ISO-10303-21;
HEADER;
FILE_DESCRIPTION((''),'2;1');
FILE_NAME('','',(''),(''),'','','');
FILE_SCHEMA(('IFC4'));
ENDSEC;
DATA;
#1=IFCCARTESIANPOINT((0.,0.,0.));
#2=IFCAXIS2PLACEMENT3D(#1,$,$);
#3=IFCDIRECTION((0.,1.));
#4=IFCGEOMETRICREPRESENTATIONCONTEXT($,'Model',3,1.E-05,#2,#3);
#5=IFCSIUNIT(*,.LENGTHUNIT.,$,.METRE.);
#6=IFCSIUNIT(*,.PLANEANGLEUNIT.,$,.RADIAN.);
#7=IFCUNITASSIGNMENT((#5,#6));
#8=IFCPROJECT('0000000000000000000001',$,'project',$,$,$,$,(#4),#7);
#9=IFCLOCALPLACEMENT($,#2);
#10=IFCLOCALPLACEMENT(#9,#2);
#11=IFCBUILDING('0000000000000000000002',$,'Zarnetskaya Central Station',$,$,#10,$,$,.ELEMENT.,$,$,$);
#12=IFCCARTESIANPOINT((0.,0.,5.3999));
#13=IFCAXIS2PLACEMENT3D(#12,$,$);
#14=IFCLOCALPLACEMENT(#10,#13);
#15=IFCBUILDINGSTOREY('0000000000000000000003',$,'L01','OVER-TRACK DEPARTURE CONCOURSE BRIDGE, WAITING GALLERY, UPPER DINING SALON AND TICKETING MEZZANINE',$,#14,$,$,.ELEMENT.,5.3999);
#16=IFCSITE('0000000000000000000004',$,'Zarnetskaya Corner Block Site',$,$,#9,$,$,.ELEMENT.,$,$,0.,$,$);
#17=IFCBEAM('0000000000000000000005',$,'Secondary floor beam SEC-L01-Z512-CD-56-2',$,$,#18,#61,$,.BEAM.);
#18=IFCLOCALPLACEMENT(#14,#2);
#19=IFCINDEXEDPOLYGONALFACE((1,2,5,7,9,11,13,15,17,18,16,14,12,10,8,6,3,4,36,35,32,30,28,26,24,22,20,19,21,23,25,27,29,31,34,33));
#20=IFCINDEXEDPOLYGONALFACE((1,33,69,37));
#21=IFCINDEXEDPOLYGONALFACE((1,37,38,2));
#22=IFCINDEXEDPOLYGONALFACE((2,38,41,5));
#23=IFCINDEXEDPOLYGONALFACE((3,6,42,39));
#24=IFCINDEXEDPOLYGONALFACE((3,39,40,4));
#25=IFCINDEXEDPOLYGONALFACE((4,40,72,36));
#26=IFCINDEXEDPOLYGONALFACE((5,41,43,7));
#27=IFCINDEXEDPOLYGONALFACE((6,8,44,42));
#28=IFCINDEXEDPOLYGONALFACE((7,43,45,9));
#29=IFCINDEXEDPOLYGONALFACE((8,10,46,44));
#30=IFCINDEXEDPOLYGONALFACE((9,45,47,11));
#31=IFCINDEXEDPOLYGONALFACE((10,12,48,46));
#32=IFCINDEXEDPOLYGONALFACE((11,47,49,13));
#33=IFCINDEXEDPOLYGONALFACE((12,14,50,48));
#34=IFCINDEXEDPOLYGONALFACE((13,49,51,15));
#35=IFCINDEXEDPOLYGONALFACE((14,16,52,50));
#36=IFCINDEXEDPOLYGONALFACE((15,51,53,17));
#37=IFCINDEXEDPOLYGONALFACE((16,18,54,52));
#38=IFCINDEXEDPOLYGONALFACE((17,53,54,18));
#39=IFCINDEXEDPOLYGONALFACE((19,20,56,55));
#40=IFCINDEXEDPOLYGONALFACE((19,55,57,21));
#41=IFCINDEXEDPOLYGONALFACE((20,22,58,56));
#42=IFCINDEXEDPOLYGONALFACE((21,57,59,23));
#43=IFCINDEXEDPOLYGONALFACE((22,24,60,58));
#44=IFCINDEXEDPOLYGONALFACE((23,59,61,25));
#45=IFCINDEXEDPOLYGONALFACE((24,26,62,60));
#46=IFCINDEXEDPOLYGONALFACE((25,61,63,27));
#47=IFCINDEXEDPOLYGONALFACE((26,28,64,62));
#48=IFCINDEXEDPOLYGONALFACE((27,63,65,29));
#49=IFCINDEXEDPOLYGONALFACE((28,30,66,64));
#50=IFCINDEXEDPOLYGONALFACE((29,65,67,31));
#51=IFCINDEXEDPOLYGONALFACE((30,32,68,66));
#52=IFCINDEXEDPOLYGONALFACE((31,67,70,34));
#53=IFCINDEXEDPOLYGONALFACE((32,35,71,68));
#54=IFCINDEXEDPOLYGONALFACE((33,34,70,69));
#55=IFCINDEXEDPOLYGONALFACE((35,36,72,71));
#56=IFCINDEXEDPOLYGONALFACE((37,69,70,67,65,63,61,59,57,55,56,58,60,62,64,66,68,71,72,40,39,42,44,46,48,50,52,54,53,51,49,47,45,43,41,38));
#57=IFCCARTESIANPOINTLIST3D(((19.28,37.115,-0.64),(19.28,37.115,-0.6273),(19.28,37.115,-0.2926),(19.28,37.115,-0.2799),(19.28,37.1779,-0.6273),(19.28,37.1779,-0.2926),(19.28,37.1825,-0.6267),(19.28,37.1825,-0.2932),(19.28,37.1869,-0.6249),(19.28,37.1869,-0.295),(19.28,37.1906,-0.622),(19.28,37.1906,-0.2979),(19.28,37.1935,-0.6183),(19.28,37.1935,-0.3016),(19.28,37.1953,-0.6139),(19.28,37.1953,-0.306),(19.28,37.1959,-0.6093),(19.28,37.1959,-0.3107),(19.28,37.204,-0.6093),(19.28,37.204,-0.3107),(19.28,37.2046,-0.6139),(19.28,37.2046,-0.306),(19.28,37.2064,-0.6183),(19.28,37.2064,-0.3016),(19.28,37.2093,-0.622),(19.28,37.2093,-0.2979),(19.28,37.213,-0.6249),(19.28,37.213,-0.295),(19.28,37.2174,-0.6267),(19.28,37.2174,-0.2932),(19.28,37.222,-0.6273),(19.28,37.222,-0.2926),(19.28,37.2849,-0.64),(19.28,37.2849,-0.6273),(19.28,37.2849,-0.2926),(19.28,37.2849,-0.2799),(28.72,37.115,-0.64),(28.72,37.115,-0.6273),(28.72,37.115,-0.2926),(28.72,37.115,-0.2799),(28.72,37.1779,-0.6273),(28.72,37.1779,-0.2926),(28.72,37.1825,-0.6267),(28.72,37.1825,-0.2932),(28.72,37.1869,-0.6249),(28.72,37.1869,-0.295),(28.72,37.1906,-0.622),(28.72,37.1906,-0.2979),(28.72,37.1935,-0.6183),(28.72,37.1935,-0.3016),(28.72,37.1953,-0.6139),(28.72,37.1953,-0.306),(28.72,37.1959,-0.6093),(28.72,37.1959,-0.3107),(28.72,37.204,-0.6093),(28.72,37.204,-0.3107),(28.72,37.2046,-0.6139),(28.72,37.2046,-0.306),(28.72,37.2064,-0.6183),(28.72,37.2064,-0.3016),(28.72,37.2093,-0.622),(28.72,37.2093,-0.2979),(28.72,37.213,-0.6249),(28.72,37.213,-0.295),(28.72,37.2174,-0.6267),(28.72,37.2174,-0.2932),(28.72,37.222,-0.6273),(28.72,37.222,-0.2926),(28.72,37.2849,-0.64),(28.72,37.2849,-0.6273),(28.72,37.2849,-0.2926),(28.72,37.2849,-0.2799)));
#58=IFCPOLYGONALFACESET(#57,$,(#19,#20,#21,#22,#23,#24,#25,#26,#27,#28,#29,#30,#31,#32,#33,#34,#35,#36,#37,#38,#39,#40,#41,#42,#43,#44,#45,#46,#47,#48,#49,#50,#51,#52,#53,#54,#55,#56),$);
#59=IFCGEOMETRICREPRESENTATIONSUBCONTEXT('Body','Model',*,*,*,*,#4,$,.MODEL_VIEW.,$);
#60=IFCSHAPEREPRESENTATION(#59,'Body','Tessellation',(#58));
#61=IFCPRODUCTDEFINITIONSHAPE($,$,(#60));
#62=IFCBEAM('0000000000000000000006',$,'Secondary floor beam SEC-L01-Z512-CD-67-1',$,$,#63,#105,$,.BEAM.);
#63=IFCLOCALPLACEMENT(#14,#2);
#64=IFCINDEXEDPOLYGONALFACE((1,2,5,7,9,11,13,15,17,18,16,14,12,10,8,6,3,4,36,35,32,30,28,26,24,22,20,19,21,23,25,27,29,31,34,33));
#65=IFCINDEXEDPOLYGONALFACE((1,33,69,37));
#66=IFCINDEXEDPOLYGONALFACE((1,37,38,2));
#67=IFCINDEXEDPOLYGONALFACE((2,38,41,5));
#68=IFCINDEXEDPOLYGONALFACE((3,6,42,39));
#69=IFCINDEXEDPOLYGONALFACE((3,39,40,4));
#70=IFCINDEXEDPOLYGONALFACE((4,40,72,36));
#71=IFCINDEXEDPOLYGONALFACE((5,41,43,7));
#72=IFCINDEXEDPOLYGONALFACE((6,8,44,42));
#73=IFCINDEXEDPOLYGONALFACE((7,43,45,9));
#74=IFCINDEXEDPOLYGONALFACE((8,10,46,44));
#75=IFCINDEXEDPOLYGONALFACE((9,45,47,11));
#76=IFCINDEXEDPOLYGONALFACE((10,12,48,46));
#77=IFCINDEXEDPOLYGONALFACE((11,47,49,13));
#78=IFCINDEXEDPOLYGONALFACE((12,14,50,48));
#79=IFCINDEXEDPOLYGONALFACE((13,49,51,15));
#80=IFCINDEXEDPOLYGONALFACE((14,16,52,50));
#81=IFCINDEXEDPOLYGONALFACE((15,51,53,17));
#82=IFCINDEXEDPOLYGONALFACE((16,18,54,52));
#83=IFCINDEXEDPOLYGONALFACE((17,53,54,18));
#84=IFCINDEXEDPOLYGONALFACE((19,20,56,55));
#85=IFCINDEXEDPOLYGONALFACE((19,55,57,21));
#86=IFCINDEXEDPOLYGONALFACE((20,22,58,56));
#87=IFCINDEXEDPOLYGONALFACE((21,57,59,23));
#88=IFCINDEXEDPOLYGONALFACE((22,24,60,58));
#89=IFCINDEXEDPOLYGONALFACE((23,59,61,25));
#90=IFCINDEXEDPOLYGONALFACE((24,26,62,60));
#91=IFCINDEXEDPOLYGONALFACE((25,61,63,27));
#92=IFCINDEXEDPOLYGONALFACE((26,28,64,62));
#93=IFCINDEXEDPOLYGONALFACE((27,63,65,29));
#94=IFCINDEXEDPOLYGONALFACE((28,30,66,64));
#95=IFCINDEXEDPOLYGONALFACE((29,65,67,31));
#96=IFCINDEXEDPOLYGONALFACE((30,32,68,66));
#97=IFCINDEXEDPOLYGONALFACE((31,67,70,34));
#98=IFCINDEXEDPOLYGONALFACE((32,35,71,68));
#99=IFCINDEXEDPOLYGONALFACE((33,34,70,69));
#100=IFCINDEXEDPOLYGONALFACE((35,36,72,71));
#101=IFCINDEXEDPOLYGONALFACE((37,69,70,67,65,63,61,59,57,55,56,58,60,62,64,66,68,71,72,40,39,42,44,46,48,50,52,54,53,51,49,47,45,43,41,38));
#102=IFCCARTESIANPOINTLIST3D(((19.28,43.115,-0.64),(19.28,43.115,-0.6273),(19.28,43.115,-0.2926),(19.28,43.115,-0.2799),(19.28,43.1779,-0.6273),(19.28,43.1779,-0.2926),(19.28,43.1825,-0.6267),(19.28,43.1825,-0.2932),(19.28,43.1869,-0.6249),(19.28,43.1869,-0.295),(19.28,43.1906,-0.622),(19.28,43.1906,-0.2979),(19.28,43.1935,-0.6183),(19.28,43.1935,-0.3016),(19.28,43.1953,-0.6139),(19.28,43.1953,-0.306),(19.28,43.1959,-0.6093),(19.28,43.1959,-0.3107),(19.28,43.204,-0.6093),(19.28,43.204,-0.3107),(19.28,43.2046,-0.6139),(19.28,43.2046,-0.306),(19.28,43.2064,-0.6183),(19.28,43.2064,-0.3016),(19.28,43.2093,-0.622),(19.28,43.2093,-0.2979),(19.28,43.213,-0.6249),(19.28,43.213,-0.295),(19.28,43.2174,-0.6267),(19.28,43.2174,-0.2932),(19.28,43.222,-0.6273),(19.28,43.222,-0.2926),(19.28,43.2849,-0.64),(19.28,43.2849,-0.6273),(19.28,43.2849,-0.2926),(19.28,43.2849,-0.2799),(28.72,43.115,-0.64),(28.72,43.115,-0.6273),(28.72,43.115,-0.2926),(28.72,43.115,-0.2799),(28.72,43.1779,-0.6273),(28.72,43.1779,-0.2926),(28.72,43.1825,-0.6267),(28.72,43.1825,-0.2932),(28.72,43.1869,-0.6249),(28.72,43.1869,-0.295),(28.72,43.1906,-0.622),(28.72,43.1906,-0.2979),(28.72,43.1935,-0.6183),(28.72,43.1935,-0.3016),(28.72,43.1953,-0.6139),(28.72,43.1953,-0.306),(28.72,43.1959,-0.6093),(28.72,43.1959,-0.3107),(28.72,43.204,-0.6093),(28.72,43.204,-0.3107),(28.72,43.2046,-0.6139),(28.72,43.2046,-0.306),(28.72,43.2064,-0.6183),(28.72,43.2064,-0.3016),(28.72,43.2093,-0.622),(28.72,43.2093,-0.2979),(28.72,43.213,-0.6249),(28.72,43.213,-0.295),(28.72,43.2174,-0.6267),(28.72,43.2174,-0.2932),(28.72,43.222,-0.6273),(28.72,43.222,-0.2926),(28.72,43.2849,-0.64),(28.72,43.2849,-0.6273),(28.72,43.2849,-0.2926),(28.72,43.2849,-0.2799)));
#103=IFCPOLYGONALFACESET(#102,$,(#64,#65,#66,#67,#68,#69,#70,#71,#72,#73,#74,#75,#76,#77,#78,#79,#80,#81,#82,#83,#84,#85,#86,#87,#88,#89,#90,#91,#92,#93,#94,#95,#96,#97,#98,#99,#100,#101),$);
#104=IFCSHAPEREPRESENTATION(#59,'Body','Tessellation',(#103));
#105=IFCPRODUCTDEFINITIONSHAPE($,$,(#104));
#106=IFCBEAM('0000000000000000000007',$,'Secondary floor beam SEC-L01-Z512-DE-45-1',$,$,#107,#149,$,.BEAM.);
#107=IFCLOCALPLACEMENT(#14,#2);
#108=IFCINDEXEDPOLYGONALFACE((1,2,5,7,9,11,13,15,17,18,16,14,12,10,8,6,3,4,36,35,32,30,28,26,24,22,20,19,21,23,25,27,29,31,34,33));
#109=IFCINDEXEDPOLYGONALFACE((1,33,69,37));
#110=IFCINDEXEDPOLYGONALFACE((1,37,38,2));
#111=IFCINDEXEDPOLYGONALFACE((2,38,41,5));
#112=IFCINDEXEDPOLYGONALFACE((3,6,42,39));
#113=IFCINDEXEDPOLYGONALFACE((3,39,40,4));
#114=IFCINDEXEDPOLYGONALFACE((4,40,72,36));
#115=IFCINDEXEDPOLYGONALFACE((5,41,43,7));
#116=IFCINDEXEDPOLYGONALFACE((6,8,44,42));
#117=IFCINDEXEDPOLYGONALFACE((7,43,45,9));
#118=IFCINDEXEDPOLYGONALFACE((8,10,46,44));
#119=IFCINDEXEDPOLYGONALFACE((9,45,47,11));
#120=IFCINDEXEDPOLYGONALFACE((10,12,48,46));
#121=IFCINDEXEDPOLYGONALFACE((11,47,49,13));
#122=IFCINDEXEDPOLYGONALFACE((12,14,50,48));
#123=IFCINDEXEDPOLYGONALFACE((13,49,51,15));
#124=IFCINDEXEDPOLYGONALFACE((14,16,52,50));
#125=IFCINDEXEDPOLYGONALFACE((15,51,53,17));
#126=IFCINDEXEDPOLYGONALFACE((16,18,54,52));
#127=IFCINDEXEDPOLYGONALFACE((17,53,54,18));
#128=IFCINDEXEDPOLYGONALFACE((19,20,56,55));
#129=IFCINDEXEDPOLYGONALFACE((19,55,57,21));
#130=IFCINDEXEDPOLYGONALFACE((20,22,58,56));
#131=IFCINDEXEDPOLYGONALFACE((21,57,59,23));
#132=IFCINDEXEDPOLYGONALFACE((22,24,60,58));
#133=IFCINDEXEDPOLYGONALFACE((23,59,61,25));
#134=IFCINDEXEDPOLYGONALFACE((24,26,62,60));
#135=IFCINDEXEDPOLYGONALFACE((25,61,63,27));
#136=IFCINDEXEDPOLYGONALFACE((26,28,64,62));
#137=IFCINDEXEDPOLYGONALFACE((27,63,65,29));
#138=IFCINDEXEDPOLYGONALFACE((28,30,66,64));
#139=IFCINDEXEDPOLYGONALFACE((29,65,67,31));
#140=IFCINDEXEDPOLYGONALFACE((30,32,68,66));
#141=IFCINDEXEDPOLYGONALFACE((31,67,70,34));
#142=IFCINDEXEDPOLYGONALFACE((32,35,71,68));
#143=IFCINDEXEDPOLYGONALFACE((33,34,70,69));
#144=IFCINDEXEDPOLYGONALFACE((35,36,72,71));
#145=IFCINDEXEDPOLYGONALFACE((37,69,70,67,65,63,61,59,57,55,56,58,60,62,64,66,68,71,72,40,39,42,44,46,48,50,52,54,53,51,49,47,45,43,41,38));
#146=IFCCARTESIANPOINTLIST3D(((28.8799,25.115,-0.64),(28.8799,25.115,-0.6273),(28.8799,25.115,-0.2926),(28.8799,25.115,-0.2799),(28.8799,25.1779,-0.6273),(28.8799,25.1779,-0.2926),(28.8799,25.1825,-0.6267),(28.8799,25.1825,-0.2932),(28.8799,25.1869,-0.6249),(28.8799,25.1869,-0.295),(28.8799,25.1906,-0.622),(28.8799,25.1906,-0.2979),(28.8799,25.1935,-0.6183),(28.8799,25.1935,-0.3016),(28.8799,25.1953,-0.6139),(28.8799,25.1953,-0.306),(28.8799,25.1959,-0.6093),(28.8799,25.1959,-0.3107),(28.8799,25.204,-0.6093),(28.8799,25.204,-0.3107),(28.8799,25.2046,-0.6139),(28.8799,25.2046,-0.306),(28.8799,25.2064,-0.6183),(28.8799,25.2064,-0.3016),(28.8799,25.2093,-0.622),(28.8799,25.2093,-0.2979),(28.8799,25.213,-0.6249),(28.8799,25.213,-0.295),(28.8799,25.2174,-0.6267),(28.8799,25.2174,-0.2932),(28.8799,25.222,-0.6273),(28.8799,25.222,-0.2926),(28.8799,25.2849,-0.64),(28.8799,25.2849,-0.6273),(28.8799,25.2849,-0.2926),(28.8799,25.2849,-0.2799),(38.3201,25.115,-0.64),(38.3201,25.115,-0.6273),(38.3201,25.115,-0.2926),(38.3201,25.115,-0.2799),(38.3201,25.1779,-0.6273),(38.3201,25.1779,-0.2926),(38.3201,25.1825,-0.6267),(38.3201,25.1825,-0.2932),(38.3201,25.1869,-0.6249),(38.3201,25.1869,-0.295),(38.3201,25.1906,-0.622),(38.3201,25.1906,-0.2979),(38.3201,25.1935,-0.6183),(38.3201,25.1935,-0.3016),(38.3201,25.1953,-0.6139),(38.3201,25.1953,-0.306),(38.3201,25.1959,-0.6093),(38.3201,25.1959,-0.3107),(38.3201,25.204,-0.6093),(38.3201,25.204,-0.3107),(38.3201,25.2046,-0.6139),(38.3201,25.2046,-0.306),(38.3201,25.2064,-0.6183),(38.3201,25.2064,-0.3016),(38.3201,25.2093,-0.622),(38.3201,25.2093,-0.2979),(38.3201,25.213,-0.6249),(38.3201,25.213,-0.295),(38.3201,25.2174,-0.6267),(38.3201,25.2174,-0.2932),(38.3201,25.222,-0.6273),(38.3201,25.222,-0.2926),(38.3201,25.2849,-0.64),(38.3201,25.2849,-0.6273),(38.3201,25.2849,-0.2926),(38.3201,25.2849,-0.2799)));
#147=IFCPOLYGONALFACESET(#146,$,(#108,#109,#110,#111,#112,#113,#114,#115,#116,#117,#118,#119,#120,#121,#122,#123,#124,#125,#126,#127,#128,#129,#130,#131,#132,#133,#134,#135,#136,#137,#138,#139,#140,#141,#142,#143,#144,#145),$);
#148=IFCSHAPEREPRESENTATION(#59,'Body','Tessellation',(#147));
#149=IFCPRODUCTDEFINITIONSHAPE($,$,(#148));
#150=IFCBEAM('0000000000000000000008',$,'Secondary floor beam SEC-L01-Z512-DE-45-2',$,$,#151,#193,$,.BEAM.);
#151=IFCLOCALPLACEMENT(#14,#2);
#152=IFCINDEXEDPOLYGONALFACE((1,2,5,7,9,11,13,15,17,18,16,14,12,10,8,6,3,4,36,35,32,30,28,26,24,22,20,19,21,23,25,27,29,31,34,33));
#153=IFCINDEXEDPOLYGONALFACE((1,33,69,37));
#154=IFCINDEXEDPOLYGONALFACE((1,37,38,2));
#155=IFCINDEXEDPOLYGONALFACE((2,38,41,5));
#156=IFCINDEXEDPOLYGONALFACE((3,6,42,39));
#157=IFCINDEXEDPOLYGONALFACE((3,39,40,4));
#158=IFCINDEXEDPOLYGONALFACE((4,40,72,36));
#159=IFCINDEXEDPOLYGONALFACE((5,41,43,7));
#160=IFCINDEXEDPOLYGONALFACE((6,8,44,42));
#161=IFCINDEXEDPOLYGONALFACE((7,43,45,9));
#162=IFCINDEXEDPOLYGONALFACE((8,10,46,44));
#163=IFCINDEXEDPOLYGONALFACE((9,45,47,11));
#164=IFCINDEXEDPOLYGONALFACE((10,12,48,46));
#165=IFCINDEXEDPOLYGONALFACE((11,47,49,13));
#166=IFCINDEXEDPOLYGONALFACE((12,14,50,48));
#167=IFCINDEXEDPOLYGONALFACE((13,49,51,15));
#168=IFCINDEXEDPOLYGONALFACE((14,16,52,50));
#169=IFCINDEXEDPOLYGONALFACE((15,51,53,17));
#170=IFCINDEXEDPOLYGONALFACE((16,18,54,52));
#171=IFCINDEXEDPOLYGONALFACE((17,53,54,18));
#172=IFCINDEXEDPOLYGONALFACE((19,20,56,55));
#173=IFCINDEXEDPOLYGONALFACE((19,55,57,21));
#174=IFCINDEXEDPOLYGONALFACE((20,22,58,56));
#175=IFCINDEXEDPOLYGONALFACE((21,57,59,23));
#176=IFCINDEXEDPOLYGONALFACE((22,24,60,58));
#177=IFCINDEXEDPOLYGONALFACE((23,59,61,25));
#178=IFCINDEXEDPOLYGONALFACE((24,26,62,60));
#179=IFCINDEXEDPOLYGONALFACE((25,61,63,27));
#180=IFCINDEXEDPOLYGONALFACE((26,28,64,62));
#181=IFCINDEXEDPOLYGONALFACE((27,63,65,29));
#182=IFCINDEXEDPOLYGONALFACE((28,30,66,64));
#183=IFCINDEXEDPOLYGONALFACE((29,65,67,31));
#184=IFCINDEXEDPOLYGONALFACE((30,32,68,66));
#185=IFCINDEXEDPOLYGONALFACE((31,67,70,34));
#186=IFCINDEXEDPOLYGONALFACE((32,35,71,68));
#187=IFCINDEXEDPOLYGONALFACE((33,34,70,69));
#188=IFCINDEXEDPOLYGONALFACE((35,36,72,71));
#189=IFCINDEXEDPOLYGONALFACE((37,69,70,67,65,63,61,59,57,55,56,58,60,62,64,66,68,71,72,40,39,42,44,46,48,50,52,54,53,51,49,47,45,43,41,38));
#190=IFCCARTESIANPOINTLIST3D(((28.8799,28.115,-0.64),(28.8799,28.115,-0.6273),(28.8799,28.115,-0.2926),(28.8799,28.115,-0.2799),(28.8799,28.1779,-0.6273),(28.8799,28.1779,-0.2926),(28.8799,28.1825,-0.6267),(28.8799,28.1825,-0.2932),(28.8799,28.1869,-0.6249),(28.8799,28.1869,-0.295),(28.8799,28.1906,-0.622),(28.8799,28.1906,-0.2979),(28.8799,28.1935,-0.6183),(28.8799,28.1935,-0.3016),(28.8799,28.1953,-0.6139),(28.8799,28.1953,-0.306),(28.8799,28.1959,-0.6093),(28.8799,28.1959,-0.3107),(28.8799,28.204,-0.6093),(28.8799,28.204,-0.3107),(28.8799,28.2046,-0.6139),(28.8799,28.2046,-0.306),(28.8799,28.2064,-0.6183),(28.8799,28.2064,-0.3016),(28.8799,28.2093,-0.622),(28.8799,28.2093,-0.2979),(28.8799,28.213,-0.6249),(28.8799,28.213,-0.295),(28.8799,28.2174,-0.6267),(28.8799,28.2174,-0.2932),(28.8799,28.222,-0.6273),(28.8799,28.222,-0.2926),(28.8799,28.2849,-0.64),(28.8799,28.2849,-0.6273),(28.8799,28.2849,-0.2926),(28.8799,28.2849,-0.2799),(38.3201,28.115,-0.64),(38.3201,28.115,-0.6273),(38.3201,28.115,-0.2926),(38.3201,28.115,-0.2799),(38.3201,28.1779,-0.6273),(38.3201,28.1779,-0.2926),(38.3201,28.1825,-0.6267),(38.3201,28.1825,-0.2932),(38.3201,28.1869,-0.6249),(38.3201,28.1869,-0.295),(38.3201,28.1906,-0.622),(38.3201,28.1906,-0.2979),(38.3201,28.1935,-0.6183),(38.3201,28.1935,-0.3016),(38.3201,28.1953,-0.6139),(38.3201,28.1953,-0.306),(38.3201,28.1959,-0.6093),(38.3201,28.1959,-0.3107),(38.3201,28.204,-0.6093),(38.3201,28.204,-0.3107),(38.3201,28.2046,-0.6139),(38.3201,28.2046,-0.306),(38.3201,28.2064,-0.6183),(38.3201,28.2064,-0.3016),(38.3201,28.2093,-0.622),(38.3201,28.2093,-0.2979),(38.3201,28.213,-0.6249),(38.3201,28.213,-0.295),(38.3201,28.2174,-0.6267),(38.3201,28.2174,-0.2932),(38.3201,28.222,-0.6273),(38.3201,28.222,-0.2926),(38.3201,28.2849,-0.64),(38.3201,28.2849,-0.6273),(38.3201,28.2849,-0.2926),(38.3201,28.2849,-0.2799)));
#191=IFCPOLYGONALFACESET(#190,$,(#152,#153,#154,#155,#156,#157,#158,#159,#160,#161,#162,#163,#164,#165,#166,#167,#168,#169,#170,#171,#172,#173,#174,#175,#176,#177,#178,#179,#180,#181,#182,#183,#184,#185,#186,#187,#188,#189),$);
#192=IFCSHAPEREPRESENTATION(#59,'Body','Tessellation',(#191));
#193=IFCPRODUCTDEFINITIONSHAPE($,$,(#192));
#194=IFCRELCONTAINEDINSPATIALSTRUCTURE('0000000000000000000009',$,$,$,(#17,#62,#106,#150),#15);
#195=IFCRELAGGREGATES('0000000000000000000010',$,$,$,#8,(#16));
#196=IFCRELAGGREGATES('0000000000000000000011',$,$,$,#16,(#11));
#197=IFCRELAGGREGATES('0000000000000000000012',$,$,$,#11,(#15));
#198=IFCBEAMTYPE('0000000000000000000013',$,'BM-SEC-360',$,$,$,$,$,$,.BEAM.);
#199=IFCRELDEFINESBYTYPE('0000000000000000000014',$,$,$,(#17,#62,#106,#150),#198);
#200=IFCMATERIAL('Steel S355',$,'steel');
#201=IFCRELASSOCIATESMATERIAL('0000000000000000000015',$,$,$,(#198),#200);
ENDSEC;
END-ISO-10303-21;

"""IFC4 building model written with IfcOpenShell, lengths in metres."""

from ifc_helpers import new_model, si_unit, direction, frame, origin, origin_2d, place, context, subcontext, project, spatial, i_section, extrude, material, material_profile, profile_set, type_object, element, save


model = new_model("IFC4")

# Units and contexts
model_context = context("Model", 3, precision=1e-05, world=origin(), true_north=direction((0.0, 1.0)))
body_context = subcontext(model_context, "Body", "Model", "MODEL_VIEW")
ifc_project = project(units=[si_unit("LENGTHUNIT", "METRE"), si_unit("PLANEANGLEUNIT", "RADIAN")], contexts=[model_context])

# Site, building, storey
site_placement = place(None, origin())
site = spatial("IfcSite", under=ifc_project, at=site_placement, Name="Zarnetskaya Corner Block Site", CompositionType="ELEMENT", RefElevation=0.0)
building_placement = place(site_placement, origin())
building = spatial("IfcBuilding", under=site, at=building_placement, Name="Zarnetskaya Central Station", CompositionType="ELEMENT")
storey_placement = place(building_placement, frame((0.0, 0.0, 5.3999)))
storey = spatial("IfcBuildingStorey", under=building, at=storey_placement, Name="L01", Description="OVER-TRACK DEPARTURE CONCOURSE BRIDGE, WAITING GALLERY, UPPER DINING SALON AND TICKETING MEZZANINE", CompositionType="ELEMENT", Elevation=5.3999)

# Shared definitions
ifc_material_1 = material(Name="Steel S355", Category="steel")

# Beams
ifc_material_profile_1 = material_profile(ifc_material_1, i_section(OverallWidth=0.1699, OverallDepth=0.3601, WebThickness=0.0081, FlangeThickness=0.0127, FilletRadius=0.0181, at=origin_2d()), Name="IPE 360")
ifc_profile_set_1 = profile_set([ifc_material_profile_1], Name="Steel S355")
beam_type_1 = type_object("IfcBeamType", Name="BM-SEC-360", PredefinedType="BEAM", material=ifc_profile_set_1)
for number, where, z_axis, x_axis, name in (
    (1, (19.28, 37.2, -0.46), (1.0, 0.0, 0.0), (0.0, 1.0, 0.0), "Secondary floor beam SEC-L01-Z512-CD-56-2"),
    (2, (19.28, 43.2, -0.46), (1.0, 0.0, 0.0), (0.0, 1.0, 0.0), "Secondary floor beam SEC-L01-Z512-CD-67-1"),
):
    element("IfcBeam", number, at=place(storey_placement, frame(where, z_axis=z_axis, x_axis=x_axis)), inside=storey, type_object=beam_type_1, Name=name, PredefinedType="BEAM", context=body_context, shape_type="SweptSolid", body=[
        extrude(i_section(OverallWidth=0.1699, OverallDepth=0.3601, WebThickness=0.0081, FlangeThickness=0.0127, FilletRadius=0.0181, at=origin_2d()), origin(), (0.0, 0.0, 1.0), 9.4399),
    ])
for number, where, z_axis, x_axis, name in (
    (3, (28.8799, 25.2, -0.46), (1.0, 0.0, 0.0), (0.0, 1.0, 0.0), "Secondary floor beam SEC-L01-Z512-DE-45-1"),
    (4, (28.8799, 28.2, -0.46), (1.0, 0.0, 0.0), (0.0, 1.0, 0.0), "Secondary floor beam SEC-L01-Z512-DE-45-2"),
):
    element("IfcBeam", number, at=place(storey_placement, frame(where, z_axis=z_axis, x_axis=x_axis)), inside=storey, type_object=beam_type_1, Name=name, PredefinedType="BEAM", context=body_context, shape_type="SweptSolid", body=[
        extrude(i_section(OverallWidth=0.1699, OverallDepth=0.3601, WebThickness=0.0081, FlangeThickness=0.0127, FilletRadius=0.0181, at=origin_2d()), origin(), (0.0, 0.0, 1.0), 9.4402),
    ])

save(model, "model.ifc")
